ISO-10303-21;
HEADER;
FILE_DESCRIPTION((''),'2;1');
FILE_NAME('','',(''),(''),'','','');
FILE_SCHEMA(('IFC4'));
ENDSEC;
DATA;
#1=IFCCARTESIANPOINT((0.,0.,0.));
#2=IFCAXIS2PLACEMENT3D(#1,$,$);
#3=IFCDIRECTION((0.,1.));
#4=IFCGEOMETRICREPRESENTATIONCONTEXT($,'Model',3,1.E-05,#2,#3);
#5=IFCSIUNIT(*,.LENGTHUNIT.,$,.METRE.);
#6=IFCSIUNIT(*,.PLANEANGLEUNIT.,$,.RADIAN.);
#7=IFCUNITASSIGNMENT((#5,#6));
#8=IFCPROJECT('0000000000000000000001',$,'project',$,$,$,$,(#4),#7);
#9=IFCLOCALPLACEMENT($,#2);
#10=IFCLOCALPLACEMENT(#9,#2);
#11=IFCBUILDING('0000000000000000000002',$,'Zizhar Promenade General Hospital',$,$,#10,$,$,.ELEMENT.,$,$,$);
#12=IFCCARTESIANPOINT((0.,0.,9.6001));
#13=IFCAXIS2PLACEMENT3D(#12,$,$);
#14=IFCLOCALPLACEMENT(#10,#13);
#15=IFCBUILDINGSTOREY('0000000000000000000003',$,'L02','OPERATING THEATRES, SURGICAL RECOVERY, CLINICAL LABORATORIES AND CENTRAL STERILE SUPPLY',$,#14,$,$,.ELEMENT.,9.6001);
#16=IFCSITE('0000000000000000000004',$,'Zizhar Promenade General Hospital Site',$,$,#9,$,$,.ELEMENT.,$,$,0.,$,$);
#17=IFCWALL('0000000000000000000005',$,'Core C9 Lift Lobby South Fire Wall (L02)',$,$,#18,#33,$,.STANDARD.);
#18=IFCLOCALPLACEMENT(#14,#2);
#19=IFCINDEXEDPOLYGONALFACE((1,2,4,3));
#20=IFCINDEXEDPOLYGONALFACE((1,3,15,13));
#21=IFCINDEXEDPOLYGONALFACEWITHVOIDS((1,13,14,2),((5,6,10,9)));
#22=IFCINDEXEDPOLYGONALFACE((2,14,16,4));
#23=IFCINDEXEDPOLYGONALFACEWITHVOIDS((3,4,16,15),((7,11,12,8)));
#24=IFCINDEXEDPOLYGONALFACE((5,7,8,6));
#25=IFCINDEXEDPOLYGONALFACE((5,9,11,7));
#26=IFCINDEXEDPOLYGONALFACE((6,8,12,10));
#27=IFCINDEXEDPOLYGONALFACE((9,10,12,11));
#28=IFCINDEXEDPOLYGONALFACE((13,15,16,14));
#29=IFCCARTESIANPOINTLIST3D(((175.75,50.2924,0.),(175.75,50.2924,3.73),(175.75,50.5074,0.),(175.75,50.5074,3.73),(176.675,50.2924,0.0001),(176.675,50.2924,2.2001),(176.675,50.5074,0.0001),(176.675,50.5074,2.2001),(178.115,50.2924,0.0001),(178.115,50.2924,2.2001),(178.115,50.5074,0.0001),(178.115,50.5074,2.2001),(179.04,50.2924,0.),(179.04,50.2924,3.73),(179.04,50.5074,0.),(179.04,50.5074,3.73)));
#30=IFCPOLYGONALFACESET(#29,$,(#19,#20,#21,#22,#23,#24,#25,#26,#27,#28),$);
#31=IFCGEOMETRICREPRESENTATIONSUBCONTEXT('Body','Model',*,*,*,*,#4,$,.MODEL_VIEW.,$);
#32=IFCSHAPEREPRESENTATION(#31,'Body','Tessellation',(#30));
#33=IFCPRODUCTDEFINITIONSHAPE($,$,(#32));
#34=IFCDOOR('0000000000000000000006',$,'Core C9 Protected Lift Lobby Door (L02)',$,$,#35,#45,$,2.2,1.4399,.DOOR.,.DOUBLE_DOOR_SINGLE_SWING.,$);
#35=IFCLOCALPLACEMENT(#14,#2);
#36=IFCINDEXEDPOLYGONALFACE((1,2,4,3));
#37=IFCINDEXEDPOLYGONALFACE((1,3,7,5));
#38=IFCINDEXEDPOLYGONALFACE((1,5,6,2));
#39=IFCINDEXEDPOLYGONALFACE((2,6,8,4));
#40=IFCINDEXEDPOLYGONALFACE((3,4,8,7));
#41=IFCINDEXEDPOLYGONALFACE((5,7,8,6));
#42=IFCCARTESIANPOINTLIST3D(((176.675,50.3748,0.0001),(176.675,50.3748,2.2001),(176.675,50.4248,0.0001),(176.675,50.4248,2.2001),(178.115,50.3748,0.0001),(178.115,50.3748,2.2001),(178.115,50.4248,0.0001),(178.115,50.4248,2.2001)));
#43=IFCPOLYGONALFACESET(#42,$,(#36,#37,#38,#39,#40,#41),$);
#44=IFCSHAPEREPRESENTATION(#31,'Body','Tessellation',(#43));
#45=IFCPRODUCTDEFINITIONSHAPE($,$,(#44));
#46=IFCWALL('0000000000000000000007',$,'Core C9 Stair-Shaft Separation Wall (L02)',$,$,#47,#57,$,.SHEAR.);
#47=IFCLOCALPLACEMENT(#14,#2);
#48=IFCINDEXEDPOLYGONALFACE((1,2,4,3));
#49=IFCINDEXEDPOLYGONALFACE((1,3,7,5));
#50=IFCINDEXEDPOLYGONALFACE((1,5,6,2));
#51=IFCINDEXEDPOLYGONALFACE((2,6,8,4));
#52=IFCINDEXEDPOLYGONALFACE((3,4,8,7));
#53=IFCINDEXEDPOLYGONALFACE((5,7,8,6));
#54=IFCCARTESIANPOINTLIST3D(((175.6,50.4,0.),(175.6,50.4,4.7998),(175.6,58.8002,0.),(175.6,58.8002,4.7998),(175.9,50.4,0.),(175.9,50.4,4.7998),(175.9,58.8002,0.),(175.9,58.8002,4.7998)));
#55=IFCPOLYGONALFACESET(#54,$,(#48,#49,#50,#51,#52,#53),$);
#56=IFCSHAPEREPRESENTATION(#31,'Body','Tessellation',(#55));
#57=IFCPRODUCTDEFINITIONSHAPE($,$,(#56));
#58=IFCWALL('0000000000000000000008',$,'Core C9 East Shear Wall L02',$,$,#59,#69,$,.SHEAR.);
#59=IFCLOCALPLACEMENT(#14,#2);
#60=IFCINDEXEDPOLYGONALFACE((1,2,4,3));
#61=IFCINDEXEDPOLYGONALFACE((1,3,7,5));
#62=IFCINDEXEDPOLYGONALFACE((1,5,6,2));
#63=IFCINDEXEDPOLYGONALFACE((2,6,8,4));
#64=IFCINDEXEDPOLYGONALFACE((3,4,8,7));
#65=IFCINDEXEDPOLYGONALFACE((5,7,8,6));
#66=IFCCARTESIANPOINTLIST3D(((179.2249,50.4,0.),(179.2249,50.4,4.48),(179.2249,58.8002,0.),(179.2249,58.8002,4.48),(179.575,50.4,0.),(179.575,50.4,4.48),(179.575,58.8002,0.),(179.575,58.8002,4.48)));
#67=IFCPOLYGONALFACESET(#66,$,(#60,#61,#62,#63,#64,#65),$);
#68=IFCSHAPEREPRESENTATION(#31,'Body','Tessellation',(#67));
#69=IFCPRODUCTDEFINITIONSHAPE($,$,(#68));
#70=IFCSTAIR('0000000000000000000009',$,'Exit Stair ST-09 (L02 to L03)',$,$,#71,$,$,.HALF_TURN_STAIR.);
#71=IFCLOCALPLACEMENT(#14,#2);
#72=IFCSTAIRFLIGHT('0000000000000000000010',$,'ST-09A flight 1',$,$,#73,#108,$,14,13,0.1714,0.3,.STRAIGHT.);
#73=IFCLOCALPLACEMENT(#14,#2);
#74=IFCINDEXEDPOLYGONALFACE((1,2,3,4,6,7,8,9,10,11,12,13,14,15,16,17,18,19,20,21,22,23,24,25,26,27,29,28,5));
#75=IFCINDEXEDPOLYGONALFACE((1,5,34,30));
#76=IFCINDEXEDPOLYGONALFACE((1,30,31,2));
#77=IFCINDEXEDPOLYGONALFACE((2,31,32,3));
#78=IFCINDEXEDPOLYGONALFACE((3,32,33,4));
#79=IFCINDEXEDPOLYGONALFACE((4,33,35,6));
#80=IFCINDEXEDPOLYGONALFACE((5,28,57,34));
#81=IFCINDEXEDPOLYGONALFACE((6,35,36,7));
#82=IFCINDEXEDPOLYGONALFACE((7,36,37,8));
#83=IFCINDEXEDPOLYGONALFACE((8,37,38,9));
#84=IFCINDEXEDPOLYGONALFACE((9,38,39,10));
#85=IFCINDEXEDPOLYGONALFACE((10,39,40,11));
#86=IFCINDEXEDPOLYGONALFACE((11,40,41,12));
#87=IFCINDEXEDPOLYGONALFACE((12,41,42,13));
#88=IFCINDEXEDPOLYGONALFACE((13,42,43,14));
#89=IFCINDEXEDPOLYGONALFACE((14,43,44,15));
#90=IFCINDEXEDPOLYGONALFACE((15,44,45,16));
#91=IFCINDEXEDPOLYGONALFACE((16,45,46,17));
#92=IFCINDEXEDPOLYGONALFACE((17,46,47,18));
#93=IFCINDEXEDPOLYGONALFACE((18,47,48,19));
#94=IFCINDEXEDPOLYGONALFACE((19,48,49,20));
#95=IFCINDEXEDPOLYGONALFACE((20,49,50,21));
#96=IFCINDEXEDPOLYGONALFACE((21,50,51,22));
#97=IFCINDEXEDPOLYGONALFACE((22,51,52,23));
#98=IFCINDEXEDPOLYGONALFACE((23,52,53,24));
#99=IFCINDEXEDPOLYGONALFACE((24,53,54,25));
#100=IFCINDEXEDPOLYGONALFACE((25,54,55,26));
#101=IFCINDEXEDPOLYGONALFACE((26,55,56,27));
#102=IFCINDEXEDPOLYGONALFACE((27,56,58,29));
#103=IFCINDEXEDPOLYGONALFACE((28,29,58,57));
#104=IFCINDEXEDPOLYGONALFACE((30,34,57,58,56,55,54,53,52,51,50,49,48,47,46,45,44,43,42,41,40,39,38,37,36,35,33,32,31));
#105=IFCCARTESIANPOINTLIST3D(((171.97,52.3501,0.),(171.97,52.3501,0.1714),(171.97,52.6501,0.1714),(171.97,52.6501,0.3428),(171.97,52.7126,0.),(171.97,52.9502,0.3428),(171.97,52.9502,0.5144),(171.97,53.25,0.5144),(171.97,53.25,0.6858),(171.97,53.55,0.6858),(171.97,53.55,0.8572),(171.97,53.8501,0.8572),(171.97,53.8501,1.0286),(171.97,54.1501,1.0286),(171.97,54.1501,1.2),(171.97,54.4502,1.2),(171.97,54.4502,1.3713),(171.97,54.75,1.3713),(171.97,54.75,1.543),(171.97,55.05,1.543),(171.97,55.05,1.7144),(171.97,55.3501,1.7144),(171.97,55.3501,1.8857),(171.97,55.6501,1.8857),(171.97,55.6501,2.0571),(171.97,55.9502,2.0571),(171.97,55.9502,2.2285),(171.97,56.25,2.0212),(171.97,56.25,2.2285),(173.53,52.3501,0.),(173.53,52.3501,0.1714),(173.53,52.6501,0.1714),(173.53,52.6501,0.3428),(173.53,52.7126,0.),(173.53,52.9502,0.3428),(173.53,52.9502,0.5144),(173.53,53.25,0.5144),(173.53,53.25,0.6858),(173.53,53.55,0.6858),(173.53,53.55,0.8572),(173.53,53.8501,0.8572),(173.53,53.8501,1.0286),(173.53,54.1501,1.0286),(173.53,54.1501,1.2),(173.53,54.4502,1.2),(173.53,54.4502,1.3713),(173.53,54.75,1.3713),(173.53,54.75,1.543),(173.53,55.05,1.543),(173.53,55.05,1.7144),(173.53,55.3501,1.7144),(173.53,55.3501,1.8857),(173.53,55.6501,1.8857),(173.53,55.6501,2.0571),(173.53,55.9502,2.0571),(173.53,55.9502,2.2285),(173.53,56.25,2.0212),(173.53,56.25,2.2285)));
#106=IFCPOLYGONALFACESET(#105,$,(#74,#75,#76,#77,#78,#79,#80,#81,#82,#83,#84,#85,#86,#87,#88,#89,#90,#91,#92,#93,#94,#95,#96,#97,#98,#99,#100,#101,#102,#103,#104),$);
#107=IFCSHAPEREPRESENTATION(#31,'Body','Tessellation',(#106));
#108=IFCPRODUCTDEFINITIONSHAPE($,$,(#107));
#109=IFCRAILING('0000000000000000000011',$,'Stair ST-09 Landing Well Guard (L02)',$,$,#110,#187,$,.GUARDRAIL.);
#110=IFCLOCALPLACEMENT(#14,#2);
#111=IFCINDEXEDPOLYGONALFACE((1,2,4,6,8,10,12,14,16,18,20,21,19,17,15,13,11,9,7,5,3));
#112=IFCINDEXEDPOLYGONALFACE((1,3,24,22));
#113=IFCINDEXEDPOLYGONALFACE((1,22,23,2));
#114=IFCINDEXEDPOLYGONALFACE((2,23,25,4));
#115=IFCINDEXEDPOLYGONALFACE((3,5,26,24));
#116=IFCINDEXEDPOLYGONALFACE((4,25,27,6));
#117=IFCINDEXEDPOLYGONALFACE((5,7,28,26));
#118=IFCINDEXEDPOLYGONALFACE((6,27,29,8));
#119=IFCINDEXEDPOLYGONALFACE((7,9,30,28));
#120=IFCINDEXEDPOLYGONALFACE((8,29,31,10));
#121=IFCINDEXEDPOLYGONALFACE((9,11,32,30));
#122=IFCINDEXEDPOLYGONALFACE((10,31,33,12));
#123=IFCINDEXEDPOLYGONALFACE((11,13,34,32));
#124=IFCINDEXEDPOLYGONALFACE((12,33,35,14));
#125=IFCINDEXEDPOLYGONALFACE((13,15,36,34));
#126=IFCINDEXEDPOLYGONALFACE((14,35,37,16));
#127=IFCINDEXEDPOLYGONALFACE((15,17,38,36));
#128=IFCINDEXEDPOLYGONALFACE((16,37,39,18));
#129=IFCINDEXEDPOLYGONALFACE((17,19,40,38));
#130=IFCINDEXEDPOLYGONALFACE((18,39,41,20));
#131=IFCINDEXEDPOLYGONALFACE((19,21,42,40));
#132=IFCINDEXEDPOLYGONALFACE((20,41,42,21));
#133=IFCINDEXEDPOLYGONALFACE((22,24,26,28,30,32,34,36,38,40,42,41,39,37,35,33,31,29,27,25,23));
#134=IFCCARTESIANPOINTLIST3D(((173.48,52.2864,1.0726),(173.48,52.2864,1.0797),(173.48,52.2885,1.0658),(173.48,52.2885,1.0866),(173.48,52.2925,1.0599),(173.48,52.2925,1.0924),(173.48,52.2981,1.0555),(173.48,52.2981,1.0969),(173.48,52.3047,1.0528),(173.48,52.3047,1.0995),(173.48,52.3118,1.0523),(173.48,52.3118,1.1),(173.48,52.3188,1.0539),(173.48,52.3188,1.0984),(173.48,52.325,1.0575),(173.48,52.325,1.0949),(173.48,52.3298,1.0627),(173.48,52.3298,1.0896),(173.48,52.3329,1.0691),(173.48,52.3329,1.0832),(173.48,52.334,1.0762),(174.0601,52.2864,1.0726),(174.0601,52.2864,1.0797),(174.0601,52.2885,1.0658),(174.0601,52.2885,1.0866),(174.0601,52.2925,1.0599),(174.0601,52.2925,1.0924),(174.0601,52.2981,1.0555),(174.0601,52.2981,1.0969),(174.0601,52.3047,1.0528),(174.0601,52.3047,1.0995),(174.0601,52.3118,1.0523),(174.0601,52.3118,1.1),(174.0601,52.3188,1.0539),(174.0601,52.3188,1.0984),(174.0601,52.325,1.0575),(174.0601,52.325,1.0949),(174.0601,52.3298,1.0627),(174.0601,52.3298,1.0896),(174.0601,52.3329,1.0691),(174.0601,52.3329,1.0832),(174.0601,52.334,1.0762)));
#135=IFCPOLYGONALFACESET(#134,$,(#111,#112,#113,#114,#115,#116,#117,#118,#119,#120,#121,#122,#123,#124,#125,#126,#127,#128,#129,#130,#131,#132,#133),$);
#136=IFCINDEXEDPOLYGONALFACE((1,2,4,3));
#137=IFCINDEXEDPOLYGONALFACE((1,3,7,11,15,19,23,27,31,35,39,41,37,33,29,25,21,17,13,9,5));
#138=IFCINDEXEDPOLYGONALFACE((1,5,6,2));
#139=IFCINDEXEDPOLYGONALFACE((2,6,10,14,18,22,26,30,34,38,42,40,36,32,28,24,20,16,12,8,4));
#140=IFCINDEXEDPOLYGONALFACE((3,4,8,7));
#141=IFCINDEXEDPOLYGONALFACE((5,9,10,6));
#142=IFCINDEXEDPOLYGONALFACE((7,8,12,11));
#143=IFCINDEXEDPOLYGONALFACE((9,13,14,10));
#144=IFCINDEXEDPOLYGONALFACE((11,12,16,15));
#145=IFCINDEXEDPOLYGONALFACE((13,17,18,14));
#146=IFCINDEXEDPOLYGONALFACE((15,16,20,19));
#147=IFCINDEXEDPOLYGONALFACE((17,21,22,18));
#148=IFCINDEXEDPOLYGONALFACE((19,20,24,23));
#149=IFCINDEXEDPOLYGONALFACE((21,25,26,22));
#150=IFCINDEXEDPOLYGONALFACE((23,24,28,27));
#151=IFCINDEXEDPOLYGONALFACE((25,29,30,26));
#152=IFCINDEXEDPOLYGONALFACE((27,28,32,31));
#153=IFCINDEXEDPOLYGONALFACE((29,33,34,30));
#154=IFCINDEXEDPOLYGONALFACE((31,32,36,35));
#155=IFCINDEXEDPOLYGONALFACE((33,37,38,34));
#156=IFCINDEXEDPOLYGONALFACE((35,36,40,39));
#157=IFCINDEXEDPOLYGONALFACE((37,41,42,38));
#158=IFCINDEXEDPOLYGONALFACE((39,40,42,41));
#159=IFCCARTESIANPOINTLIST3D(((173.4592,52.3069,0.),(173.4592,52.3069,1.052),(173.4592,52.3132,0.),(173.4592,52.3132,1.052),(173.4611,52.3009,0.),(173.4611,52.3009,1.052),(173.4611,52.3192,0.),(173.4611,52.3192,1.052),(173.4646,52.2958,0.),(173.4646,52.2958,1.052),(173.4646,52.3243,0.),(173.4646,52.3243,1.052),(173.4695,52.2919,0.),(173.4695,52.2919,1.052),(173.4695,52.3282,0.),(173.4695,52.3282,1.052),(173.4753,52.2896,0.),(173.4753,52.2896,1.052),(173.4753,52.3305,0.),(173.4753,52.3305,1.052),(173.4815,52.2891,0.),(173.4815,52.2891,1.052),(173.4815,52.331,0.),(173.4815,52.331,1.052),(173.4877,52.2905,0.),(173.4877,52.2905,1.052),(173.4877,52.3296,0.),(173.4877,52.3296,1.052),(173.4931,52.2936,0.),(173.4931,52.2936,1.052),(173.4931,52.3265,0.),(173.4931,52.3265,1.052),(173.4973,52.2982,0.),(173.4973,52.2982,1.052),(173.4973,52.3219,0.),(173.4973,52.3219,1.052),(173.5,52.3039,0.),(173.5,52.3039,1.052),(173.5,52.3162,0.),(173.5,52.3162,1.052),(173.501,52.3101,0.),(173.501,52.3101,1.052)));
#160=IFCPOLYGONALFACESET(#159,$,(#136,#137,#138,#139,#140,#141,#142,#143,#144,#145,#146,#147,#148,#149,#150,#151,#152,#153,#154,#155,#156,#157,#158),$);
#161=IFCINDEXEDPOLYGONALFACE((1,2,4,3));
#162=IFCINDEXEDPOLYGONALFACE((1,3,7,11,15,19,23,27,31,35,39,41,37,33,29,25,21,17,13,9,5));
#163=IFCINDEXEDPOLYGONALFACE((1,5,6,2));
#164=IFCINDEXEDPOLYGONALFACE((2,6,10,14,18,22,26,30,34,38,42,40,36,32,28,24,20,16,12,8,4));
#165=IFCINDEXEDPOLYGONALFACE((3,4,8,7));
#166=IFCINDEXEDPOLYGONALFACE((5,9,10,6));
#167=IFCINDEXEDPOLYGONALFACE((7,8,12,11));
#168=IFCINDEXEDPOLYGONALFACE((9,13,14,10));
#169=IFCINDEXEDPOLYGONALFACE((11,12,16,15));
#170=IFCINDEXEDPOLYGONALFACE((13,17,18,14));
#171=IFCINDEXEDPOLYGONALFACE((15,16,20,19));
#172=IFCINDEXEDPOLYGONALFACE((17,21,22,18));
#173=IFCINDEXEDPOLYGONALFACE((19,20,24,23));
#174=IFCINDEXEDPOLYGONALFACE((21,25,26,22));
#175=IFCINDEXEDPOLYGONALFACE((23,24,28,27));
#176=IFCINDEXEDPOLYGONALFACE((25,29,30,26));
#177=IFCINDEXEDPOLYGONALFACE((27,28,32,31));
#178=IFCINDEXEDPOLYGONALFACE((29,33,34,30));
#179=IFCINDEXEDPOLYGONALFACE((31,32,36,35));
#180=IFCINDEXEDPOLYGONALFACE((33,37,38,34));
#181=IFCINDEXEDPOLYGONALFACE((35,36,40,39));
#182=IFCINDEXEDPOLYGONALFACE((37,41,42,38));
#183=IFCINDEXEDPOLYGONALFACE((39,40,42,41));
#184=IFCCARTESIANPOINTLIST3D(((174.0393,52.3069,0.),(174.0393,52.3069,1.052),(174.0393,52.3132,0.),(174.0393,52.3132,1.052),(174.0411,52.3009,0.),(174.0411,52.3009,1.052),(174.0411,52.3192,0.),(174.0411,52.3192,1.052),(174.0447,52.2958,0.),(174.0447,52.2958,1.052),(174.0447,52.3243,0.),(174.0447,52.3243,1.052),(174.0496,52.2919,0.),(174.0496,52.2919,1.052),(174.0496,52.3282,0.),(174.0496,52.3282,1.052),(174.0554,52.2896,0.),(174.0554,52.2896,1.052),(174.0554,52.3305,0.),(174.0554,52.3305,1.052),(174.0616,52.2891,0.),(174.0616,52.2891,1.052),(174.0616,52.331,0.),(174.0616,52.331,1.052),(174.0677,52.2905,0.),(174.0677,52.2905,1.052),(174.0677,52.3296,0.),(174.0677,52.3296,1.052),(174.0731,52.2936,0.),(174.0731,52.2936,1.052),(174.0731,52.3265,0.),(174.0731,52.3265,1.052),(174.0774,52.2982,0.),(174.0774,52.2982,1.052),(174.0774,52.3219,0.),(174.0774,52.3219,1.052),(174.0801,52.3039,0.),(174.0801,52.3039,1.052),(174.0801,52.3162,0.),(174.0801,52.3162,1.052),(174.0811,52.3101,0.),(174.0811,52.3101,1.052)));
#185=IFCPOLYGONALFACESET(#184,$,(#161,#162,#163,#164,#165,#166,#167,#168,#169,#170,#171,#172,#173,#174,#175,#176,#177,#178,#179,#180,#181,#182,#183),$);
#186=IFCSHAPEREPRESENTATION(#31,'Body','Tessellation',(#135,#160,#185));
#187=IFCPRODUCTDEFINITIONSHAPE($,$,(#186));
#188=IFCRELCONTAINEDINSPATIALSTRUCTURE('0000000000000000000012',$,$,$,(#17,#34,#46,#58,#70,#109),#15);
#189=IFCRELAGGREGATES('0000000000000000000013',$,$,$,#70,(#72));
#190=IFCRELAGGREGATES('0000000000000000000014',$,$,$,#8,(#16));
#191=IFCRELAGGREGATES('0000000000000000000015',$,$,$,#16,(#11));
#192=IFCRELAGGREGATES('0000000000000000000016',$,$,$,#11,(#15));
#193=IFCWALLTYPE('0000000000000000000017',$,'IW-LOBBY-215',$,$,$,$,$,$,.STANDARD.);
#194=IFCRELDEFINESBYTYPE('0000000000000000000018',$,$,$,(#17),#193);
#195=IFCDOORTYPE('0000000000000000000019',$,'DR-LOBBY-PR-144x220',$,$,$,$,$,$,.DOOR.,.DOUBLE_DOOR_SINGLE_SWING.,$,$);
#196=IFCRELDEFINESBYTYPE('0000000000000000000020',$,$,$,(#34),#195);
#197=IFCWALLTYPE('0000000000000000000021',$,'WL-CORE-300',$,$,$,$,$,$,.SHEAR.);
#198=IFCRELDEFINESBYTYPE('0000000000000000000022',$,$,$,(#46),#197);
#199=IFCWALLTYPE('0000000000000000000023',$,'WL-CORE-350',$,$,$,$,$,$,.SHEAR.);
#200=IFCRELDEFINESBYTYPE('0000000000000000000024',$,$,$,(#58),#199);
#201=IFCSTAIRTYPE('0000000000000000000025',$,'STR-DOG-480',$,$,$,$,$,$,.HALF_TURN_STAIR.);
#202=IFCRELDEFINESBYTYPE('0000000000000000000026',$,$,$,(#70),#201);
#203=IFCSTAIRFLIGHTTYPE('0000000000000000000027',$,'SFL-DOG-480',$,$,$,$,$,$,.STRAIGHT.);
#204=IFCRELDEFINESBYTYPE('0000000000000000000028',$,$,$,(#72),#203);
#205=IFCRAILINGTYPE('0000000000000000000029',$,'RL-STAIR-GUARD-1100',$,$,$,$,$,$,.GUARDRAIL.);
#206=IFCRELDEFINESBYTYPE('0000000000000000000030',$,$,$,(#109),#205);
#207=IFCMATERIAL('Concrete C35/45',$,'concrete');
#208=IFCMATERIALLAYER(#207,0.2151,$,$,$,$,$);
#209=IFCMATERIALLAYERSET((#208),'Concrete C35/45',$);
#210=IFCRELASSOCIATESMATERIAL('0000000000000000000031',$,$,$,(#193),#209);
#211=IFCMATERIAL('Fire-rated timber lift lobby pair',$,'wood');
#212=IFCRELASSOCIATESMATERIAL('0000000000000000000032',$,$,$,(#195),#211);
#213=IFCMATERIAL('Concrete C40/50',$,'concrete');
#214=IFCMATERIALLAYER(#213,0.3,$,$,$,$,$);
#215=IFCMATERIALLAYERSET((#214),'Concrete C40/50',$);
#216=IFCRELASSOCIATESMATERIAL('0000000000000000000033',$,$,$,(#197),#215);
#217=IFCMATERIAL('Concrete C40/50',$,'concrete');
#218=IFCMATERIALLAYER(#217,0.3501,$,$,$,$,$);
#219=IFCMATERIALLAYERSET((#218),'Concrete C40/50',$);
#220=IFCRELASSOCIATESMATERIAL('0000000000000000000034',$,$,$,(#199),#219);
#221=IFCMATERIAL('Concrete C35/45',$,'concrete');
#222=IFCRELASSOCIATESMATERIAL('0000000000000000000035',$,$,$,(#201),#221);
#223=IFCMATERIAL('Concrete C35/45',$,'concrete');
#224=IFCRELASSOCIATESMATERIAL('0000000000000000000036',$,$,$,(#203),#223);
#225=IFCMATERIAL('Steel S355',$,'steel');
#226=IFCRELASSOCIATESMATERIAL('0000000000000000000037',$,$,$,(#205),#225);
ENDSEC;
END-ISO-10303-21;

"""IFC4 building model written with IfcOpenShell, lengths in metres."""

from ifc_helpers import new_model, si_unit, direction, frame, frame_2d, origin, origin_2d, place, context, subcontext, project, spatial, polyline, rectangle, circle, hollow_circle, outline, extrude, material, layer, layer_set, material_profile, profile_set, type_object, element, fill, aggregate, save


model = new_model("IFC4")

# Units and contexts
model_context = context("Model", 3, precision=1e-05, world=origin(), true_north=direction((0.0, 1.0)))
body_context = subcontext(model_context, "Body", "Model", "MODEL_VIEW")
ifc_project = project(units=[si_unit("LENGTHUNIT", "METRE"), si_unit("PLANEANGLEUNIT", "RADIAN")], contexts=[model_context])

# Site, building, storey
site_placement = place(None, origin())
site = spatial("IfcSite", under=ifc_project, at=site_placement, Name="Zizhar Promenade General Hospital Site", CompositionType="ELEMENT", RefElevation=0.0)
building_placement = place(site_placement, origin())
building = spatial("IfcBuilding", under=site, at=building_placement, Name="Zizhar Promenade General Hospital", CompositionType="ELEMENT")
storey_placement = place(building_placement, frame((0.0, 0.0, 9.6001)))
storey = spatial("IfcBuildingStorey", under=building, at=storey_placement, Name="L02", Description="OPERATING THEATRES, SURGICAL RECOVERY, CLINICAL LABORATORIES AND CENTRAL STERILE SUPPLY", CompositionType="ELEMENT", Elevation=9.6001)

# Wall, opening, door
ifc_material_1 = material(Name="Concrete C35/45", Category="concrete")
ifc_layer_1 = layer(ifc_material_1, 0.2151)
ifc_layer_set_1 = layer_set([ifc_layer_1], Name="Concrete C35/45")
wall_type_1 = type_object("IfcWallType", Name="IW-LOBBY-215", PredefinedType="STANDARD", material=ifc_layer_set_1)
wall_1_placement = place(storey_placement, frame((175.75, 50.3999, 0.0), z_axis=(0.0, 0.0, 1.0), x_axis=(1.0, 0.0, 0.0)))
wall_1 = element("IfcWall", 1, at=wall_1_placement, inside=storey, type_object=wall_type_1, Name="Core C9 Lift Lobby South Fire Wall (L02)", PredefinedType="STANDARD", context=body_context, shape_type="SweptSolid", body=[
    extrude(rectangle(XDim=3.29, YDim=0.2151, at=frame_2d((1.645, 0.0))), origin(), (0.0, 0.0, 1.0), 3.73),
])
opening_1_placement = place(wall_1_placement, frame((0.925, 0.0, 0.0)))
opening_1 = element("IfcOpeningElement", 2, at=opening_1_placement, cuts=wall_1, PredefinedType="OPENING", context=body_context, shape_type="SweptSolid", body=[
    extrude(rectangle(XDim=1.4399, YDim=2.2, at=frame_2d((0.72, 1.1001))), frame((0.0, 0.1177, 0.0), z_axis=(0.0, -1.0, 0.0), x_axis=(1.0, 0.0, 0.0)), (0.0, 0.0, 1.0), 0.2351),
])
ifc_material_2 = material(Name="Fire-rated timber lift lobby pair", Category="wood")
door_type = type_object("IfcDoorType", Name="DR-LOBBY-PR-144x220", OperationType="DOUBLE_DOOR_SINGLE_SWING", PredefinedType="DOOR", material=ifc_material_2)
door_placement = place(opening_1_placement, origin())
door = element("IfcDoor", 3, at=door_placement, inside=storey, type_object=door_type, Name="Core C9 Protected Lift Lobby Door (L02)", OperationType="DOUBLE_DOOR_SINGLE_SWING", OverallHeight=2.2, OverallWidth=1.4399, PredefinedType="DOOR", context=body_context, shape_type="SweptSolid", body=[
    extrude(rectangle(XDim=1.4399, YDim=2.2, at=frame_2d((0.72, 1.1001))), frame((0.0, 0.0249, 0.0), z_axis=(0.0, -1.0, 0.0), x_axis=(1.0, 0.0, 0.0)), (0.0, 0.0, 1.0), 0.05),
])
fill(opening_1, door)

# Walls
ifc_material_3 = material(Name="Concrete C40/50", Category="concrete")
ifc_layer_2 = layer(ifc_material_3, 0.3)
ifc_layer_set_2 = layer_set([ifc_layer_2], Name="Concrete C40/50")
wall_type_2 = type_object("IfcWallType", Name="WL-CORE-300", PredefinedType="SHEAR", material=ifc_layer_set_2)
wall_2_placement = place(storey_placement, frame((175.75, 50.3999, 0.0), z_axis=(0.0, 0.0, 1.0), x_axis=(0.0, 1.0, 0.0)))
element("IfcWall", 4, at=wall_2_placement, inside=storey, type_object=wall_type_2, Name="Core C9 Stair-Shaft Separation Wall (L02)", PredefinedType="SHEAR", context=body_context, shape_type="SweptSolid", body=[
    extrude(rectangle(XDim=8.4001, YDim=0.3, at=frame_2d((4.2002, 0.0))), origin(), (0.0, 0.0, 1.0), 4.7998),
])
ifc_material_4 = material(Name="Concrete C40/50", Category="concrete")
ifc_layer_3 = layer(ifc_material_4, 0.3501)
ifc_layer_set_3 = layer_set([ifc_layer_3], Name="Concrete C40/50")
wall_type_3 = type_object("IfcWallType", Name="WL-CORE-350", PredefinedType="SHEAR", material=ifc_layer_set_3)
wall_3_placement = place(storey_placement, frame((179.3999, 50.3999, 0.0), z_axis=(0.0, 0.0, 1.0), x_axis=(0.0, 1.0, 0.0)))
element("IfcWall", 5, at=wall_3_placement, inside=storey, type_object=wall_type_3, Name="Core C9 East Shear Wall L02", PredefinedType="SHEAR", context=body_context, shape_type="SweptSolid", body=[
    extrude(rectangle(XDim=8.4001, YDim=0.3501, at=frame_2d((4.2002, 0.0))), origin(), (0.0, 0.0, 1.0), 4.48),
])

# Stair, stair flight
ifc_material_5 = material(Name="Concrete C35/45", Category="concrete")
stair_type = type_object("IfcStairType", Name="STR-DOG-480", PredefinedType="HALF_TURN_STAIR", material=ifc_material_5)
stair_placement = place(storey_placement, origin())
stair = element("IfcStair", 6, at=stair_placement, inside=storey, type_object=stair_type, Name="Exit Stair ST-09 (L02 to L03)", PredefinedType="HALF_TURN_STAIR")
ifc_material_6 = material(Name="Concrete C35/45", Category="concrete")
stair_flight_type = type_object("IfcStairFlightType", Name="SFL-DOG-480", PredefinedType="STRAIGHT", material=ifc_material_6)
stair_flight_placement = place(storey_placement, frame((172.75, 52.3501, 0.0), z_axis=(0.0, 0.0, 1.0), x_axis=(0.0, 1.0, 0.0)))
stair_flight = element("IfcStairFlight", 7, at=stair_flight_placement, type_object=stair_flight_type, Name="ST-09A flight 1", NumberOfRisers=14, NumberOfTreads=13, PredefinedType="STRAIGHT", RiserHeight=0.1714, TreadLength=0.3, context=body_context, shape_type="SweptSolid", body=[
    extrude(outline(polyline([(0.0, 0.0), (0.0, 0.1714), (0.3, 0.1714), (0.3, 0.3428), (0.6001, 0.3428), (0.6001, 0.5144), (0.8999, 0.5144), (0.8999, 0.6858), (1.2, 0.6858), (1.2, 0.8572), (1.5, 0.8572), (1.5, 1.0286), (1.8, 1.0286), (1.8, 1.2), (2.1001, 1.2), (2.1001, 1.3713), (2.3999, 1.3713), (2.3999, 1.543), (2.7, 1.543), (2.7, 1.7144), (3.0, 1.7144), (3.0, 1.8857), (3.3, 1.8857), (3.3, 2.0571), (3.6001, 2.0571), (3.6001, 2.2285), (3.8999, 2.2285), (3.8999, 2.3999), (3.8999, 2.0212), (0.3625, 0.0), (0.0, 0.0)])), frame((0.0, 0.78, 0.0), z_axis=(0.0, -1.0, 0.0), x_axis=(1.0, 0.0, 0.0)), (0.0, 0.0, 1.0), 1.5601),
])
aggregate(stair, [stair_flight])

# Railing
ifc_material_7 = material(Name="Steel S355", Category="steel")
ifc_material_profile_1 = material_profile(ifc_material_7, hollow_circle(Radius=0.0698, WallThickness=0.0063, at=origin_2d()))
ifc_profile_set_1 = profile_set([ifc_material_profile_1], Name="Steel S355")
railing_type = type_object("IfcRailingType", Name="RL-STAIR-GUARD-1100", PredefinedType="GUARDRAIL", material=ifc_profile_set_1)
railing_placement = place(storey_placement, frame((173.48, 52.3101, 0.0)))
element("IfcRailing", 8, at=railing_placement, inside=storey, type_object=railing_type, Name="Stair ST-09 Landing Well Guard (L02)", PredefinedType="GUARDRAIL", context=body_context, shape_type="SweptSolid", body=[
    extrude(circle(Radius=0.0239, at=origin_2d()), frame((0.0, 0.0, 1.0762), z_axis=(1.0, 0.0, 0.0), x_axis=(0.0, 1.0, 0.0)), (0.0, 0.0, 1.0), 0.5801),
    extrude(circle(Radius=0.021, at=origin_2d()), origin(), (0.0, 0.0, 1.0), 1.052),
    extrude(circle(Radius=0.021, at=origin_2d()), frame((0.5801, 0.0, 0.0)), (0.0, 0.0, 1.0), 1.052),
])

save(model, "model.ifc")
